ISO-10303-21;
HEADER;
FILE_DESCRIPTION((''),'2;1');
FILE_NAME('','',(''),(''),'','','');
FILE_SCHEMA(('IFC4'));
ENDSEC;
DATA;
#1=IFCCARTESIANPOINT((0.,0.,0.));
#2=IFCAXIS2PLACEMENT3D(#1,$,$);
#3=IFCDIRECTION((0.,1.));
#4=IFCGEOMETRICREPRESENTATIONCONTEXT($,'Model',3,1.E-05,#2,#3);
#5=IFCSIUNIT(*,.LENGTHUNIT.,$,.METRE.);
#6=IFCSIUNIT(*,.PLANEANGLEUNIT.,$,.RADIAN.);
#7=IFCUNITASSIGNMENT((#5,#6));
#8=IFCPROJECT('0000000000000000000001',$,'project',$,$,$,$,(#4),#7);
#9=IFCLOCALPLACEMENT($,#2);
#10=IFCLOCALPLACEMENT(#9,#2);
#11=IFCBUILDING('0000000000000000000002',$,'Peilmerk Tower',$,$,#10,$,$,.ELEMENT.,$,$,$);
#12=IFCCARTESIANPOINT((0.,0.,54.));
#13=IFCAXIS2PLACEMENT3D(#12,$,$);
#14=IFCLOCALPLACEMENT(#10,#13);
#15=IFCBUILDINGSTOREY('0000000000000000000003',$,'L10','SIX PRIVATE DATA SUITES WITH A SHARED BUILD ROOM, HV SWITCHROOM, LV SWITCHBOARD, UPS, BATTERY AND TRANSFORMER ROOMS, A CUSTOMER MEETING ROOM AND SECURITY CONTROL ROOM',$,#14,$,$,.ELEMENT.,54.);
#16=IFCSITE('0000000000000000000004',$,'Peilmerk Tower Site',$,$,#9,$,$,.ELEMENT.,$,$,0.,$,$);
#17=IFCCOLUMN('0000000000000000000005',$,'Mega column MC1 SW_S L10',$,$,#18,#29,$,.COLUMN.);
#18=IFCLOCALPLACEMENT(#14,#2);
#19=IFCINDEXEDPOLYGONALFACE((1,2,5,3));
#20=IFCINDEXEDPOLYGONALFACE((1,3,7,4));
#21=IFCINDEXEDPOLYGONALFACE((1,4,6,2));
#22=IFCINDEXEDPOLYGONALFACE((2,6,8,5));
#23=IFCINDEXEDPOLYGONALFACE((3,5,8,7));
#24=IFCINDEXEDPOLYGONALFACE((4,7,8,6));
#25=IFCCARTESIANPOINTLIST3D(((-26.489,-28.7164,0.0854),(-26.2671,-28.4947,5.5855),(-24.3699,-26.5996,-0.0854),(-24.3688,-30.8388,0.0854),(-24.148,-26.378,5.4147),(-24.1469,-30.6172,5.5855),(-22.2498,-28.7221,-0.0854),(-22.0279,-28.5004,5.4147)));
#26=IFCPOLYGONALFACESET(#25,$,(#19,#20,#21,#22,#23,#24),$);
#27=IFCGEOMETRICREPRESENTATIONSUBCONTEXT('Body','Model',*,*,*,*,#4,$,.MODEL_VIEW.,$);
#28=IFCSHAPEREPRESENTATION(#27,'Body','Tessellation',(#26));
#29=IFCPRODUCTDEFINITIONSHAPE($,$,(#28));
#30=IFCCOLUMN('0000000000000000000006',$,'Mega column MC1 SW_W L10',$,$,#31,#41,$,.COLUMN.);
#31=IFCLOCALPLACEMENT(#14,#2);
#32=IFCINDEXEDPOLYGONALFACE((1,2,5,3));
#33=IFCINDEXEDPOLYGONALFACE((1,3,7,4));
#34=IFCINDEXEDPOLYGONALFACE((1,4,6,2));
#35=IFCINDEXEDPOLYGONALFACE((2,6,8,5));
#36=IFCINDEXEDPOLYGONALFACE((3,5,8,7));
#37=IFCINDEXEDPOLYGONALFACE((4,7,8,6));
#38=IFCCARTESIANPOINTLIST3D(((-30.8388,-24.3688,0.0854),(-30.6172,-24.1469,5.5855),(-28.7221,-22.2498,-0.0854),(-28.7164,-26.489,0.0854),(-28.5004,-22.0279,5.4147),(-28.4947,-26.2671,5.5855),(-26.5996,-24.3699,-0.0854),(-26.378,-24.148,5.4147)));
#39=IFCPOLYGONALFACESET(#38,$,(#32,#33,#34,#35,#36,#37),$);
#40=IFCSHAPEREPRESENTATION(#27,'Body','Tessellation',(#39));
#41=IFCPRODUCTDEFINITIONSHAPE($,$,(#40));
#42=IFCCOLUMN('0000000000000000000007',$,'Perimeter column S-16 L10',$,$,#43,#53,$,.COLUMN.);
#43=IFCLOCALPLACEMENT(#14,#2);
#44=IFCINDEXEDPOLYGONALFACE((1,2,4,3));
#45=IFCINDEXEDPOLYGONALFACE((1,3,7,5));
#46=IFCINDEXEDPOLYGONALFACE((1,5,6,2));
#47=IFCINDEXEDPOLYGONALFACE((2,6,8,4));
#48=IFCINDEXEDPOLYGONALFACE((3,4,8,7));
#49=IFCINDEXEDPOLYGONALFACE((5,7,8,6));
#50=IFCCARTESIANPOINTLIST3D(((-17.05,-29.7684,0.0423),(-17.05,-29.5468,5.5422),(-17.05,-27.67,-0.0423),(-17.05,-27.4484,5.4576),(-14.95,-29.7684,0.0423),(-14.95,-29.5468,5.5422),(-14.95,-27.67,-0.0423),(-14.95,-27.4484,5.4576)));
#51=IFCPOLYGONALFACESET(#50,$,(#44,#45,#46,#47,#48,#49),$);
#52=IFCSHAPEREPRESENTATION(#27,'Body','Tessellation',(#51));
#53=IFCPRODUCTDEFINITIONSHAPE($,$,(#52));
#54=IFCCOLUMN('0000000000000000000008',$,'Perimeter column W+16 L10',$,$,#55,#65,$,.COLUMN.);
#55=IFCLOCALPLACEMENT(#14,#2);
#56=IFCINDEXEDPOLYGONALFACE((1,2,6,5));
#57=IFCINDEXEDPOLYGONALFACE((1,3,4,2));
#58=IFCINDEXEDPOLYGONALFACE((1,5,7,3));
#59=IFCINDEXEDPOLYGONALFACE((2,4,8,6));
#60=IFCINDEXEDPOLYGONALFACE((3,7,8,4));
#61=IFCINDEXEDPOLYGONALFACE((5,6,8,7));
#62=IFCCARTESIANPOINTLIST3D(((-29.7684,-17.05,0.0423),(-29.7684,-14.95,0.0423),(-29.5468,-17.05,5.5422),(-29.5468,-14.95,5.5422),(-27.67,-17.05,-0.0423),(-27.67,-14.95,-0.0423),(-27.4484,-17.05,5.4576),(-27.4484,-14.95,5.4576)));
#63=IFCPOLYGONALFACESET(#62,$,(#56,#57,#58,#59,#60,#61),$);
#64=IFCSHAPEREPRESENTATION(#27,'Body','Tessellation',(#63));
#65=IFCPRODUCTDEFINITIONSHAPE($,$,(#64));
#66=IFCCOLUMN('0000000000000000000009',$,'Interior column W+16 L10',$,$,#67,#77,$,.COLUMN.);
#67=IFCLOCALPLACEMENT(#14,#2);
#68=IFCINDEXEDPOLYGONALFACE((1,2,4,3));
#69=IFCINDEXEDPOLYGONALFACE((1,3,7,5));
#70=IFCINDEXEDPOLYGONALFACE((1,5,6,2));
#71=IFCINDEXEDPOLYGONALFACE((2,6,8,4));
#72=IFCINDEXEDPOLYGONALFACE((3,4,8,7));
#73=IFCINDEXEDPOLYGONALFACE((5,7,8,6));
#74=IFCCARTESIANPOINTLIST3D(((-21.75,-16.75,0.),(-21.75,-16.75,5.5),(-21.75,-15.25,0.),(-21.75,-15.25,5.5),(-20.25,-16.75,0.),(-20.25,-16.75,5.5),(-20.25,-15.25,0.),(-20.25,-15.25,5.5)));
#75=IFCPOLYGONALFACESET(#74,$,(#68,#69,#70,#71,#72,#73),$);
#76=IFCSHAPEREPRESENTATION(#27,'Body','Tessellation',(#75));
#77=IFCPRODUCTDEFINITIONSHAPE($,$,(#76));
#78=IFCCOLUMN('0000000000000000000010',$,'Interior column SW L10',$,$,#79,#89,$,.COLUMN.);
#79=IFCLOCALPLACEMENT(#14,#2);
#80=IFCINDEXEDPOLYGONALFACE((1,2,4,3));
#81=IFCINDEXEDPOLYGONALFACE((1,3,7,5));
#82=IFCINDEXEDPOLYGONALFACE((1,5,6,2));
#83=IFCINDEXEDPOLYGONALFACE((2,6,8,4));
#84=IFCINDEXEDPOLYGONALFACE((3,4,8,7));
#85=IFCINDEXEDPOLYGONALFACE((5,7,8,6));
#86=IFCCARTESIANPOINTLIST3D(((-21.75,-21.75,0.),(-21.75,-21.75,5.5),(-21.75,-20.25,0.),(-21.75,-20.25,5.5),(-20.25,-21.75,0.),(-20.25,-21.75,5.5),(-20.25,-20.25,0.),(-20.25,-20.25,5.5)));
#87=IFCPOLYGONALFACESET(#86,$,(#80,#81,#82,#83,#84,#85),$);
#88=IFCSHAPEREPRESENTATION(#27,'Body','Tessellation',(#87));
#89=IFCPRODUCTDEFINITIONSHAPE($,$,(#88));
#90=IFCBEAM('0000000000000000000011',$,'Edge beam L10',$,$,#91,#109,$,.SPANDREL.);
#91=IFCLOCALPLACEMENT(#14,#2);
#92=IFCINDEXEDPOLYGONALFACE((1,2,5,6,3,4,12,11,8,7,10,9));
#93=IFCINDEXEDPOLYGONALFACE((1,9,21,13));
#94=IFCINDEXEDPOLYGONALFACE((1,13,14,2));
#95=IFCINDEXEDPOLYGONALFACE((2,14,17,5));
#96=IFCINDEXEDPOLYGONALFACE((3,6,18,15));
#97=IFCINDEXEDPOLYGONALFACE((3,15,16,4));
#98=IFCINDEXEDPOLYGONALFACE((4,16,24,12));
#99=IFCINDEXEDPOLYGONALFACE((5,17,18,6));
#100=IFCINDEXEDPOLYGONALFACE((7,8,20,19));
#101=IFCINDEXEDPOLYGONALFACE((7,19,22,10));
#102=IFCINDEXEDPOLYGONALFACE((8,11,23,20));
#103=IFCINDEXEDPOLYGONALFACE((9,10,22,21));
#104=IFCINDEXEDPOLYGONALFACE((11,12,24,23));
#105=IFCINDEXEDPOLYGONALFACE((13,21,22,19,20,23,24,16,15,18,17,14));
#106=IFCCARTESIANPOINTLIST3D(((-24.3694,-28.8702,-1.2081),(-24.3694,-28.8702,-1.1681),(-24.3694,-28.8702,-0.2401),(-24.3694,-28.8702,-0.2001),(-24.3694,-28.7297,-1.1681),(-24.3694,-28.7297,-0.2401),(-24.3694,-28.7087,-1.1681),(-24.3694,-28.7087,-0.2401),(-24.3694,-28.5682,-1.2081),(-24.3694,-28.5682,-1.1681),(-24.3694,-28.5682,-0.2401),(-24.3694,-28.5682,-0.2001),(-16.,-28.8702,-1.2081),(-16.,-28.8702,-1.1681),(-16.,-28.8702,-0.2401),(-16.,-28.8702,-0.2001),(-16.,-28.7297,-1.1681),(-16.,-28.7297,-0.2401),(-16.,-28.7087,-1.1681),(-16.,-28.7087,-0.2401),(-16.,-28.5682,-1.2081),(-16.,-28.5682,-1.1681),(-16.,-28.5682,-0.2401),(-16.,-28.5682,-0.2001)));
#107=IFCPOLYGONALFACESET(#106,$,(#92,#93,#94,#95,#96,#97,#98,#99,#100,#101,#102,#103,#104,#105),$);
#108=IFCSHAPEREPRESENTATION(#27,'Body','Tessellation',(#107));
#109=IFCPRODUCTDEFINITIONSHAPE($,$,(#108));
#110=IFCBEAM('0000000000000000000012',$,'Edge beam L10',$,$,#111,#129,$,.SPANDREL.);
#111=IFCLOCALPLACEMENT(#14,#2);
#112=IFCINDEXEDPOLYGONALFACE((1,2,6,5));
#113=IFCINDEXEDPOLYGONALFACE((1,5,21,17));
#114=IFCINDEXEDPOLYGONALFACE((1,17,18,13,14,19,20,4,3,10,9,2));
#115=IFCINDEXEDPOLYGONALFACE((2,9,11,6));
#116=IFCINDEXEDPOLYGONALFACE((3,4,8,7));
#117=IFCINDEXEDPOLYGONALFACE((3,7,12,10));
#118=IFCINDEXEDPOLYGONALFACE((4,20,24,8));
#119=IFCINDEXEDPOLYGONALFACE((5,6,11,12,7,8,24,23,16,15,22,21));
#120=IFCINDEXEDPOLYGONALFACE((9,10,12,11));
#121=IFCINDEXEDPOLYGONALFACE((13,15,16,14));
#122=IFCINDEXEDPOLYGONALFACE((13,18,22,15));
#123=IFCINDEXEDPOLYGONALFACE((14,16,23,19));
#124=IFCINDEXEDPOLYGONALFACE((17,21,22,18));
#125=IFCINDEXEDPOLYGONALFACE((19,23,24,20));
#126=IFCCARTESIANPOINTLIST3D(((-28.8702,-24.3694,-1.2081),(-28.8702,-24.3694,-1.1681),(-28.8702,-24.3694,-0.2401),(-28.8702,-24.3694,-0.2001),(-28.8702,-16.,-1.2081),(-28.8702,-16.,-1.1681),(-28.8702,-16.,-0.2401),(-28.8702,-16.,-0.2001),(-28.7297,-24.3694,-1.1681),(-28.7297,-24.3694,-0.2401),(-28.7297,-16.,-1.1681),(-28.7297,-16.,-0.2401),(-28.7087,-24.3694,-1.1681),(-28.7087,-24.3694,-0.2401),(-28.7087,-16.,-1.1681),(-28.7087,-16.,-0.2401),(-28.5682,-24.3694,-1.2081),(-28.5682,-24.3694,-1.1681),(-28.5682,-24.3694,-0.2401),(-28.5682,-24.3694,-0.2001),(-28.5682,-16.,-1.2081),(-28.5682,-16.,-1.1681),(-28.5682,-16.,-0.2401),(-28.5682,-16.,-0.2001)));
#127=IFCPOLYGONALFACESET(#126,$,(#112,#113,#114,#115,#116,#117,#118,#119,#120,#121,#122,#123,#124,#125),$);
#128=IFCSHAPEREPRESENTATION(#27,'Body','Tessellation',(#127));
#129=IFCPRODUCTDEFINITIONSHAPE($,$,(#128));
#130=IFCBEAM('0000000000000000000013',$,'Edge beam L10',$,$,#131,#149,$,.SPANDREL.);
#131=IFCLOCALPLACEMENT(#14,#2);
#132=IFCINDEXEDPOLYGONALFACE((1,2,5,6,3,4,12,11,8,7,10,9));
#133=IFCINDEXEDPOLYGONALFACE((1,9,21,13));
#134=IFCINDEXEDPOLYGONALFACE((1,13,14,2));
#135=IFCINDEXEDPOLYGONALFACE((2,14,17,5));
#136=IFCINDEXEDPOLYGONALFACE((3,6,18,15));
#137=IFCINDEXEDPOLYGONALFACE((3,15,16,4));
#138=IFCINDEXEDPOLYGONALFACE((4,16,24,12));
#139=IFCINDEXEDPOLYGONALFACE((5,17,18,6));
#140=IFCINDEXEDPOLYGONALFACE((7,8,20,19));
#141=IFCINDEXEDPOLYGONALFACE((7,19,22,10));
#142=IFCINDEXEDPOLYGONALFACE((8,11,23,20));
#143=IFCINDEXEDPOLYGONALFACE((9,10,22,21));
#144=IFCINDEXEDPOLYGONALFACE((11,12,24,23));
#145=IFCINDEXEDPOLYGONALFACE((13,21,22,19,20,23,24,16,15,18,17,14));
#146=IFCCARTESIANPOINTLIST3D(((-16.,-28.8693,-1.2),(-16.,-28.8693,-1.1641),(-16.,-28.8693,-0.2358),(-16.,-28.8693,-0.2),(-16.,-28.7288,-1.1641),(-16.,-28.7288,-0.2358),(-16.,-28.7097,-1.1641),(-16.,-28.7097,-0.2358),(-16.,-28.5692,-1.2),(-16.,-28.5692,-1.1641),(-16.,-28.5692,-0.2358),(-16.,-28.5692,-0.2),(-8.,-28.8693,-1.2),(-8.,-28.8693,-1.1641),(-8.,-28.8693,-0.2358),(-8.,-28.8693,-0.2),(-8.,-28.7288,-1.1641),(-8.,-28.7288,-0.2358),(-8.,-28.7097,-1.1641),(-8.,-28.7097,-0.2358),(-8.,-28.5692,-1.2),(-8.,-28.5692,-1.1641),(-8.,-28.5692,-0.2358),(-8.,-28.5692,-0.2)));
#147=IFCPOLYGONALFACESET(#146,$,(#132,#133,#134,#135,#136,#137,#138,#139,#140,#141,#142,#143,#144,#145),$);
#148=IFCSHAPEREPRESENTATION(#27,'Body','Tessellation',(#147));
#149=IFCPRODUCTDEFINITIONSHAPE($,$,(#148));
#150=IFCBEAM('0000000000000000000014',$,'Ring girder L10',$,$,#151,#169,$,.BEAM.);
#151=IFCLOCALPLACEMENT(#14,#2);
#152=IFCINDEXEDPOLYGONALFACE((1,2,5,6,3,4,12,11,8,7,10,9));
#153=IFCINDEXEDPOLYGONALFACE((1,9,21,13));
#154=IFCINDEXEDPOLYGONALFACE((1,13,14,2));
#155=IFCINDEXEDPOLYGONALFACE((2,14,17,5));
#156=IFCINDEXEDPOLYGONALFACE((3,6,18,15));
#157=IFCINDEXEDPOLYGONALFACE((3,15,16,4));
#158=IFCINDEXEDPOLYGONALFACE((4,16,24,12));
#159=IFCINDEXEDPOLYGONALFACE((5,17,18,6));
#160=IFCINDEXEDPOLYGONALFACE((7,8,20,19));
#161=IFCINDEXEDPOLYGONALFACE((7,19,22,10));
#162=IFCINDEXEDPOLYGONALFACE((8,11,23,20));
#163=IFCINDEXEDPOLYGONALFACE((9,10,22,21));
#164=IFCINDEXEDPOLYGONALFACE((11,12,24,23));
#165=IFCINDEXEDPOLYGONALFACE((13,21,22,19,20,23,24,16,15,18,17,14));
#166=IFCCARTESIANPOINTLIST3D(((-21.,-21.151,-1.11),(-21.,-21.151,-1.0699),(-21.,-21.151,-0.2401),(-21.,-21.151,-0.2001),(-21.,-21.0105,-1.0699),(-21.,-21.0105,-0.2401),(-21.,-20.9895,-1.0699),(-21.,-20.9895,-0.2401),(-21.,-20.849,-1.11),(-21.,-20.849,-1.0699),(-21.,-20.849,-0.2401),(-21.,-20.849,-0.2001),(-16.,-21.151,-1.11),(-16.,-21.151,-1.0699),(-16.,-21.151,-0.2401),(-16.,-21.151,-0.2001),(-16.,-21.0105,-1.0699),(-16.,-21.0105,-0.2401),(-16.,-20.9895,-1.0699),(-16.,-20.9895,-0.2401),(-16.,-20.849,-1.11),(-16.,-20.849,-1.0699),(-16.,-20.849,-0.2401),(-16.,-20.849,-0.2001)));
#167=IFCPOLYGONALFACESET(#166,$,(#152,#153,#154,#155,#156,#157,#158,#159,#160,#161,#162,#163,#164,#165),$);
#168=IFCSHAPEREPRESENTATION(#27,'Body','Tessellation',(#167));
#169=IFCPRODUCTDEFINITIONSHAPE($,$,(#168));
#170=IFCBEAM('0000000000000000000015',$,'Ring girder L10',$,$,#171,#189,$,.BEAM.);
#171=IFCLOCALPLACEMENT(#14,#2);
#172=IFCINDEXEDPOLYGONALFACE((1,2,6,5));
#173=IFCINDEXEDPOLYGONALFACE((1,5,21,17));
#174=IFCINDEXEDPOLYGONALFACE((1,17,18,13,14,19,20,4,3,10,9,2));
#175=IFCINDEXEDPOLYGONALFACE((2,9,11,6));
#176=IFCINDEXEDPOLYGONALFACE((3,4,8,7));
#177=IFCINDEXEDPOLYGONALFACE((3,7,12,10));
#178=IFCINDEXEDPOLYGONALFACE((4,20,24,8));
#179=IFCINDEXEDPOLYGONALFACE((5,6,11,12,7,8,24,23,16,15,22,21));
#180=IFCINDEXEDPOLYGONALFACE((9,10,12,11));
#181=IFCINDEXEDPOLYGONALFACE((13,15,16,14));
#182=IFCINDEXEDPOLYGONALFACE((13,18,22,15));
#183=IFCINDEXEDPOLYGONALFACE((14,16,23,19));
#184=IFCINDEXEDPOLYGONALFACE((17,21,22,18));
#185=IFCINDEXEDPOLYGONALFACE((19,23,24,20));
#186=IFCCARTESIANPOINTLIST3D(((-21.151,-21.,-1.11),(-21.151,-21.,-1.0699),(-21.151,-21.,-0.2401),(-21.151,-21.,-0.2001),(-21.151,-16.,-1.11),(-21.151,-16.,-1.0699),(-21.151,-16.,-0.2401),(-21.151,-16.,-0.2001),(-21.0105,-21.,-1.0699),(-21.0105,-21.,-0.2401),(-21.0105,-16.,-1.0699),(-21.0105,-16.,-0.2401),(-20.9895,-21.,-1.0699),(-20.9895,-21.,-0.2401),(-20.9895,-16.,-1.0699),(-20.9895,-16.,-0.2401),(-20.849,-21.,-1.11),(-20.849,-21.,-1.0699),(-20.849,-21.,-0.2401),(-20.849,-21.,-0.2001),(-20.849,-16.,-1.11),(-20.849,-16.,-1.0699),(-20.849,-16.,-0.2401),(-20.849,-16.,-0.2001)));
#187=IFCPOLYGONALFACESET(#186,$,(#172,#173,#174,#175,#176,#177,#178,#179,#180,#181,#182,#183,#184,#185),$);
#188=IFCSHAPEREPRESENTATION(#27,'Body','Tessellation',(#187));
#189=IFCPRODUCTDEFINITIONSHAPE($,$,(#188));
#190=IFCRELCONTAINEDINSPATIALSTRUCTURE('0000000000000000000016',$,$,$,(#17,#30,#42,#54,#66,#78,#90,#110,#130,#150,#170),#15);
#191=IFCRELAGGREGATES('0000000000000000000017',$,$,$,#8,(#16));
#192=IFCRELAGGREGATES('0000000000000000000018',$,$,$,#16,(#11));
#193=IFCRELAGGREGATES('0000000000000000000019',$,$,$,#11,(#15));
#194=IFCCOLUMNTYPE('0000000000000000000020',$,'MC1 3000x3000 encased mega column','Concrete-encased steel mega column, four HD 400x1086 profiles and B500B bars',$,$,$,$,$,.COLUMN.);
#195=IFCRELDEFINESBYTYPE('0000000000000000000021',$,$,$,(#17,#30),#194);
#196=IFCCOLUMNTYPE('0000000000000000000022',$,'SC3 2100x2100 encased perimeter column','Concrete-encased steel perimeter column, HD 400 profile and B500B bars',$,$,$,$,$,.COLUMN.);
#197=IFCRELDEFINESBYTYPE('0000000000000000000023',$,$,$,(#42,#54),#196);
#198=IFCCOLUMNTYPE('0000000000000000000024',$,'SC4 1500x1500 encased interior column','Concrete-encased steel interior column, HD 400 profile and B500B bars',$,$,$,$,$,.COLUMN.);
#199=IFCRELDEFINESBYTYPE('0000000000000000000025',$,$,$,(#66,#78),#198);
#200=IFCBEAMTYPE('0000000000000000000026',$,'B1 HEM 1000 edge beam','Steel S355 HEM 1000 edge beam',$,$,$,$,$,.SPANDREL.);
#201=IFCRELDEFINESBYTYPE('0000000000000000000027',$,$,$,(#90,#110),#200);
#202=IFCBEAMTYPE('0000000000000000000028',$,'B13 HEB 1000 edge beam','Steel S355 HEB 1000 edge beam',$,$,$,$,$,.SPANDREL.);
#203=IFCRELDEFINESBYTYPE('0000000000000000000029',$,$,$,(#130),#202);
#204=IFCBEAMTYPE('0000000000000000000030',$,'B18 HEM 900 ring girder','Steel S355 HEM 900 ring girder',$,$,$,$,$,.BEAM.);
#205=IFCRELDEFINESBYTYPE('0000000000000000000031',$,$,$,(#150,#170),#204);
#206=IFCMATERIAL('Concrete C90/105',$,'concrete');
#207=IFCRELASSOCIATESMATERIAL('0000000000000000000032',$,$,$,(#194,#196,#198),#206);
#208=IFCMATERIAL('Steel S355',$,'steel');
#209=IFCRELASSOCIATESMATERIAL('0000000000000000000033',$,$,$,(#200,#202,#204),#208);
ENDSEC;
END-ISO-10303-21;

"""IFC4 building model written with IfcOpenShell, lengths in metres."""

from ifc_helpers import new_model, si_unit, direction, frame, origin, origin_2d, place, context, subcontext, project, spatial, rectangle, i_section, extrude, material, material_profile, profile_set, type_object, element, save


model = new_model("IFC4")

# Units and contexts
model_context = context("Model", 3, precision=1e-05, world=origin(), true_north=direction((0.0, 1.0)))
body_context = subcontext(model_context, "Body", "Model", "MODEL_VIEW")
ifc_project = project(units=[si_unit("LENGTHUNIT", "METRE"), si_unit("PLANEANGLEUNIT", "RADIAN")], contexts=[model_context])

# Site, building, storey
site_placement = place(None, origin())
site = spatial("IfcSite", under=ifc_project, at=site_placement, Name="Peilmerk Tower Site", CompositionType="ELEMENT", RefElevation=0.0)
building_placement = place(site_placement, origin())
building = spatial("IfcBuilding", under=site, at=building_placement, Name="Peilmerk Tower", CompositionType="ELEMENT")
storey_placement = place(building_placement, frame((0.0, 0.0, 54.0)))
storey = spatial("IfcBuildingStorey", under=building, at=storey_placement, Name="L10", Description="SIX PRIVATE DATA SUITES WITH A SHARED BUILD ROOM, HV SWITCHROOM, LV SWITCHBOARD, UPS, BATTERY AND TRANSFORMER ROOMS, A CUSTOMER MEETING ROOM AND SECURITY CONTROL ROOM", CompositionType="ELEMENT", Elevation=54.0)

# Columns
ifc_material_1 = material(Name="Concrete C90/105", Category="concrete")
ifc_material_profile_1 = material_profile(ifc_material_1, rectangle(XDim=3.0, YDim=3.0, at=origin_2d()), Name="RC 3000x3000")
ifc_profile_set_1 = profile_set([ifc_material_profile_1], Name="Concrete C90/105")
column_type_1 = type_object("IfcColumnType", Name="MC1 3000x3000 encased mega column", Description="Concrete-encased steel mega column, four HD 400x1086 profiles and B500B bars", PredefinedType="COLUMN", material=ifc_profile_set_1)
for number, where, z_axis, x_axis, name in (
    (1, (-24.3694, -28.7192, 0.0), (0.040284, 0.04024, 0.998378), (-0.706718, 0.707496, 0.0), "Mega column MC1 SW_S L10"),
    (2, (-28.7192, -24.3694, 0.0), (0.04024, 0.040284, 0.998378), (-0.707496, 0.706718, 0.0), "Mega column MC1 SW_W L10"),
):
    element("IfcColumn", number, at=place(storey_placement, frame(where, z_axis=z_axis, x_axis=x_axis)), inside=storey, type_object=column_type_1, Name=name, PredefinedType="COLUMN", context=body_context, shape_type="SweptSolid", body=[
        extrude(rectangle(XDim=3.0, YDim=3.0, at=origin_2d()), origin(), (0.0, 0.0, 1.0), 5.509),
    ])
ifc_material_profile_2 = material_profile(ifc_material_1, rectangle(XDim=2.1001, YDim=2.1001, at=origin_2d()), Name="RC 2100x2100")
ifc_profile_set_2 = profile_set([ifc_material_profile_2], Name="Concrete C90/105")
column_type_2 = type_object("IfcColumnType", Name="SC3 2100x2100 encased perimeter column", Description="Concrete-encased steel perimeter column, HD 400 profile and B500B bars", PredefinedType="COLUMN", material=ifc_profile_set_2)
for number, where, z_axis, x_axis, name in (
    (3, (-16.0, -28.7192, 0.0), (0.0, 0.040273, 0.999189), (-1.0, 0.0, 0.0), "Perimeter column S-16 L10"),
    (4, (-28.7192, -16.0, 0.0), (0.040273, 0.0, 0.999189), (0.0, 1.0, 0.0), "Perimeter column W+16 L10"),
):
    element("IfcColumn", number, at=place(storey_placement, frame(where, z_axis=z_axis, x_axis=x_axis)), inside=storey, type_object=column_type_2, Name=name, PredefinedType="COLUMN", context=body_context, shape_type="SweptSolid", body=[
        extrude(rectangle(XDim=2.1001, YDim=2.1001, at=origin_2d()), origin(), (0.0, 0.0, 1.0), 5.5044),
    ])
ifc_material_profile_3 = material_profile(ifc_material_1, rectangle(XDim=1.5, YDim=1.5, at=origin_2d()), Name="RC 1500x1500")
ifc_profile_set_3 = profile_set([ifc_material_profile_3], Name="Concrete C90/105")
column_type_3 = type_object("IfcColumnType", Name="SC4 1500x1500 encased interior column", Description="Concrete-encased steel interior column, HD 400 profile and B500B bars", PredefinedType="COLUMN", material=ifc_profile_set_3)
for number, where, z_axis, x_axis, name in (
    (5, (-21.0, -16.0, 0.0), (0.0, 0.0, 1.0), (1.0, 0.0, 0.0), "Interior column W+16 L10"),
    (6, (-21.0, -21.0, 0.0), (0.0, 0.0, 1.0), (1.0, 0.0, 0.0), "Interior column SW L10"),
):
    element("IfcColumn", number, at=place(storey_placement, frame(where, z_axis=z_axis, x_axis=x_axis)), inside=storey, type_object=column_type_3, Name=name, PredefinedType="COLUMN", context=body_context, shape_type="SweptSolid", body=[
        extrude(rectangle(XDim=1.5, YDim=1.5, at=origin_2d()), origin(), (0.0, 0.0, 1.0), 5.5),
    ])

# Beams
ifc_material_2 = material(Name="Steel S355", Category="steel")
ifc_material_profile_4 = material_profile(ifc_material_2, i_section(OverallWidth=0.302, OverallDepth=1.0081, WebThickness=0.021, FlangeThickness=0.04, at=origin_2d()), Name="HEM 1000")
ifc_profile_set_4 = profile_set([ifc_material_profile_4], Name="Steel S355")
beam_type_1 = type_object("IfcBeamType", Name="B1 HEM 1000 edge beam", Description="Steel S355 HEM 1000 edge beam", PredefinedType="SPANDREL", material=ifc_profile_set_4)
for number, where, z_axis, x_axis, name in (
    (7, (-24.3694, -28.7192, -0.7041), (1.0, 0.0, 0.0), (0.0, 1.0, 0.0), "Edge beam L10"),
    (8, (-28.7192, -16.0, -0.7041), (0.0, -1.0, 0.0), (1.0, 0.0, 0.0), "Edge beam L10"),
):
    element("IfcBeam", number, at=place(storey_placement, frame(where, z_axis=z_axis, x_axis=x_axis)), inside=storey, type_object=beam_type_1, Name=name, PredefinedType="SPANDREL", context=body_context, shape_type="SweptSolid", body=[
        extrude(i_section(OverallWidth=0.302, OverallDepth=1.0081, WebThickness=0.021, FlangeThickness=0.04, at=origin_2d()), origin(), (0.0, 0.0, 1.0), 8.3694),
    ])
ifc_material_profile_5 = material_profile(ifc_material_2, i_section(OverallWidth=0.3, OverallDepth=1.0, WebThickness=0.019, FlangeThickness=0.0359, at=origin_2d()), Name="HEB 1000")
ifc_profile_set_5 = profile_set([ifc_material_profile_5], Name="Steel S355")
beam_type_2 = type_object("IfcBeamType", Name="B13 HEB 1000 edge beam", Description="Steel S355 HEB 1000 edge beam", PredefinedType="SPANDREL", material=ifc_profile_set_5)
beam_1_placement = place(storey_placement, frame((-16.0, -28.7192, -0.7), z_axis=(1.0, 0.0, 0.0), x_axis=(0.0, 1.0, 0.0)))
element("IfcBeam", 9, at=beam_1_placement, inside=storey, type_object=beam_type_2, Name="Edge beam L10", PredefinedType="SPANDREL", context=body_context, shape_type="SweptSolid", body=[
    extrude(i_section(OverallWidth=0.3, OverallDepth=1.0, WebThickness=0.019, FlangeThickness=0.0359, at=origin_2d()), origin(), (0.0, 0.0, 1.0), 8.0),
])
ifc_material_profile_6 = material_profile(ifc_material_2, i_section(OverallWidth=0.302, OverallDepth=0.9099, WebThickness=0.021, FlangeThickness=0.04, at=origin_2d()), Name="HEM 900")
ifc_profile_set_6 = profile_set([ifc_material_profile_6], Name="Steel S355")
beam_type_3 = type_object("IfcBeamType", Name="B18 HEM 900 ring girder", Description="Steel S355 HEM 900 ring girder", PredefinedType="BEAM", material=ifc_profile_set_6)
for number, where, z_axis, x_axis, name in (
    (10, (-21.0, -21.0, -0.655), (1.0, 0.0, 0.0), (0.0, 1.0, 0.0), "Ring girder L10"),
    (11, (-21.0, -16.0, -0.655), (0.0, -1.0, 0.0), (1.0, 0.0, 0.0), "Ring girder L10"),
):
    element("IfcBeam", number, at=place(storey_placement, frame(where, z_axis=z_axis, x_axis=x_axis)), inside=storey, type_object=beam_type_3, Name=name, PredefinedType="BEAM", context=body_context, shape_type="SweptSolid", body=[
        extrude(i_section(OverallWidth=0.302, OverallDepth=0.9099, WebThickness=0.021, FlangeThickness=0.04, at=origin_2d()), origin(), (0.0, 0.0, 1.0), 5.0),
    ])

save(model, "model.ifc")
